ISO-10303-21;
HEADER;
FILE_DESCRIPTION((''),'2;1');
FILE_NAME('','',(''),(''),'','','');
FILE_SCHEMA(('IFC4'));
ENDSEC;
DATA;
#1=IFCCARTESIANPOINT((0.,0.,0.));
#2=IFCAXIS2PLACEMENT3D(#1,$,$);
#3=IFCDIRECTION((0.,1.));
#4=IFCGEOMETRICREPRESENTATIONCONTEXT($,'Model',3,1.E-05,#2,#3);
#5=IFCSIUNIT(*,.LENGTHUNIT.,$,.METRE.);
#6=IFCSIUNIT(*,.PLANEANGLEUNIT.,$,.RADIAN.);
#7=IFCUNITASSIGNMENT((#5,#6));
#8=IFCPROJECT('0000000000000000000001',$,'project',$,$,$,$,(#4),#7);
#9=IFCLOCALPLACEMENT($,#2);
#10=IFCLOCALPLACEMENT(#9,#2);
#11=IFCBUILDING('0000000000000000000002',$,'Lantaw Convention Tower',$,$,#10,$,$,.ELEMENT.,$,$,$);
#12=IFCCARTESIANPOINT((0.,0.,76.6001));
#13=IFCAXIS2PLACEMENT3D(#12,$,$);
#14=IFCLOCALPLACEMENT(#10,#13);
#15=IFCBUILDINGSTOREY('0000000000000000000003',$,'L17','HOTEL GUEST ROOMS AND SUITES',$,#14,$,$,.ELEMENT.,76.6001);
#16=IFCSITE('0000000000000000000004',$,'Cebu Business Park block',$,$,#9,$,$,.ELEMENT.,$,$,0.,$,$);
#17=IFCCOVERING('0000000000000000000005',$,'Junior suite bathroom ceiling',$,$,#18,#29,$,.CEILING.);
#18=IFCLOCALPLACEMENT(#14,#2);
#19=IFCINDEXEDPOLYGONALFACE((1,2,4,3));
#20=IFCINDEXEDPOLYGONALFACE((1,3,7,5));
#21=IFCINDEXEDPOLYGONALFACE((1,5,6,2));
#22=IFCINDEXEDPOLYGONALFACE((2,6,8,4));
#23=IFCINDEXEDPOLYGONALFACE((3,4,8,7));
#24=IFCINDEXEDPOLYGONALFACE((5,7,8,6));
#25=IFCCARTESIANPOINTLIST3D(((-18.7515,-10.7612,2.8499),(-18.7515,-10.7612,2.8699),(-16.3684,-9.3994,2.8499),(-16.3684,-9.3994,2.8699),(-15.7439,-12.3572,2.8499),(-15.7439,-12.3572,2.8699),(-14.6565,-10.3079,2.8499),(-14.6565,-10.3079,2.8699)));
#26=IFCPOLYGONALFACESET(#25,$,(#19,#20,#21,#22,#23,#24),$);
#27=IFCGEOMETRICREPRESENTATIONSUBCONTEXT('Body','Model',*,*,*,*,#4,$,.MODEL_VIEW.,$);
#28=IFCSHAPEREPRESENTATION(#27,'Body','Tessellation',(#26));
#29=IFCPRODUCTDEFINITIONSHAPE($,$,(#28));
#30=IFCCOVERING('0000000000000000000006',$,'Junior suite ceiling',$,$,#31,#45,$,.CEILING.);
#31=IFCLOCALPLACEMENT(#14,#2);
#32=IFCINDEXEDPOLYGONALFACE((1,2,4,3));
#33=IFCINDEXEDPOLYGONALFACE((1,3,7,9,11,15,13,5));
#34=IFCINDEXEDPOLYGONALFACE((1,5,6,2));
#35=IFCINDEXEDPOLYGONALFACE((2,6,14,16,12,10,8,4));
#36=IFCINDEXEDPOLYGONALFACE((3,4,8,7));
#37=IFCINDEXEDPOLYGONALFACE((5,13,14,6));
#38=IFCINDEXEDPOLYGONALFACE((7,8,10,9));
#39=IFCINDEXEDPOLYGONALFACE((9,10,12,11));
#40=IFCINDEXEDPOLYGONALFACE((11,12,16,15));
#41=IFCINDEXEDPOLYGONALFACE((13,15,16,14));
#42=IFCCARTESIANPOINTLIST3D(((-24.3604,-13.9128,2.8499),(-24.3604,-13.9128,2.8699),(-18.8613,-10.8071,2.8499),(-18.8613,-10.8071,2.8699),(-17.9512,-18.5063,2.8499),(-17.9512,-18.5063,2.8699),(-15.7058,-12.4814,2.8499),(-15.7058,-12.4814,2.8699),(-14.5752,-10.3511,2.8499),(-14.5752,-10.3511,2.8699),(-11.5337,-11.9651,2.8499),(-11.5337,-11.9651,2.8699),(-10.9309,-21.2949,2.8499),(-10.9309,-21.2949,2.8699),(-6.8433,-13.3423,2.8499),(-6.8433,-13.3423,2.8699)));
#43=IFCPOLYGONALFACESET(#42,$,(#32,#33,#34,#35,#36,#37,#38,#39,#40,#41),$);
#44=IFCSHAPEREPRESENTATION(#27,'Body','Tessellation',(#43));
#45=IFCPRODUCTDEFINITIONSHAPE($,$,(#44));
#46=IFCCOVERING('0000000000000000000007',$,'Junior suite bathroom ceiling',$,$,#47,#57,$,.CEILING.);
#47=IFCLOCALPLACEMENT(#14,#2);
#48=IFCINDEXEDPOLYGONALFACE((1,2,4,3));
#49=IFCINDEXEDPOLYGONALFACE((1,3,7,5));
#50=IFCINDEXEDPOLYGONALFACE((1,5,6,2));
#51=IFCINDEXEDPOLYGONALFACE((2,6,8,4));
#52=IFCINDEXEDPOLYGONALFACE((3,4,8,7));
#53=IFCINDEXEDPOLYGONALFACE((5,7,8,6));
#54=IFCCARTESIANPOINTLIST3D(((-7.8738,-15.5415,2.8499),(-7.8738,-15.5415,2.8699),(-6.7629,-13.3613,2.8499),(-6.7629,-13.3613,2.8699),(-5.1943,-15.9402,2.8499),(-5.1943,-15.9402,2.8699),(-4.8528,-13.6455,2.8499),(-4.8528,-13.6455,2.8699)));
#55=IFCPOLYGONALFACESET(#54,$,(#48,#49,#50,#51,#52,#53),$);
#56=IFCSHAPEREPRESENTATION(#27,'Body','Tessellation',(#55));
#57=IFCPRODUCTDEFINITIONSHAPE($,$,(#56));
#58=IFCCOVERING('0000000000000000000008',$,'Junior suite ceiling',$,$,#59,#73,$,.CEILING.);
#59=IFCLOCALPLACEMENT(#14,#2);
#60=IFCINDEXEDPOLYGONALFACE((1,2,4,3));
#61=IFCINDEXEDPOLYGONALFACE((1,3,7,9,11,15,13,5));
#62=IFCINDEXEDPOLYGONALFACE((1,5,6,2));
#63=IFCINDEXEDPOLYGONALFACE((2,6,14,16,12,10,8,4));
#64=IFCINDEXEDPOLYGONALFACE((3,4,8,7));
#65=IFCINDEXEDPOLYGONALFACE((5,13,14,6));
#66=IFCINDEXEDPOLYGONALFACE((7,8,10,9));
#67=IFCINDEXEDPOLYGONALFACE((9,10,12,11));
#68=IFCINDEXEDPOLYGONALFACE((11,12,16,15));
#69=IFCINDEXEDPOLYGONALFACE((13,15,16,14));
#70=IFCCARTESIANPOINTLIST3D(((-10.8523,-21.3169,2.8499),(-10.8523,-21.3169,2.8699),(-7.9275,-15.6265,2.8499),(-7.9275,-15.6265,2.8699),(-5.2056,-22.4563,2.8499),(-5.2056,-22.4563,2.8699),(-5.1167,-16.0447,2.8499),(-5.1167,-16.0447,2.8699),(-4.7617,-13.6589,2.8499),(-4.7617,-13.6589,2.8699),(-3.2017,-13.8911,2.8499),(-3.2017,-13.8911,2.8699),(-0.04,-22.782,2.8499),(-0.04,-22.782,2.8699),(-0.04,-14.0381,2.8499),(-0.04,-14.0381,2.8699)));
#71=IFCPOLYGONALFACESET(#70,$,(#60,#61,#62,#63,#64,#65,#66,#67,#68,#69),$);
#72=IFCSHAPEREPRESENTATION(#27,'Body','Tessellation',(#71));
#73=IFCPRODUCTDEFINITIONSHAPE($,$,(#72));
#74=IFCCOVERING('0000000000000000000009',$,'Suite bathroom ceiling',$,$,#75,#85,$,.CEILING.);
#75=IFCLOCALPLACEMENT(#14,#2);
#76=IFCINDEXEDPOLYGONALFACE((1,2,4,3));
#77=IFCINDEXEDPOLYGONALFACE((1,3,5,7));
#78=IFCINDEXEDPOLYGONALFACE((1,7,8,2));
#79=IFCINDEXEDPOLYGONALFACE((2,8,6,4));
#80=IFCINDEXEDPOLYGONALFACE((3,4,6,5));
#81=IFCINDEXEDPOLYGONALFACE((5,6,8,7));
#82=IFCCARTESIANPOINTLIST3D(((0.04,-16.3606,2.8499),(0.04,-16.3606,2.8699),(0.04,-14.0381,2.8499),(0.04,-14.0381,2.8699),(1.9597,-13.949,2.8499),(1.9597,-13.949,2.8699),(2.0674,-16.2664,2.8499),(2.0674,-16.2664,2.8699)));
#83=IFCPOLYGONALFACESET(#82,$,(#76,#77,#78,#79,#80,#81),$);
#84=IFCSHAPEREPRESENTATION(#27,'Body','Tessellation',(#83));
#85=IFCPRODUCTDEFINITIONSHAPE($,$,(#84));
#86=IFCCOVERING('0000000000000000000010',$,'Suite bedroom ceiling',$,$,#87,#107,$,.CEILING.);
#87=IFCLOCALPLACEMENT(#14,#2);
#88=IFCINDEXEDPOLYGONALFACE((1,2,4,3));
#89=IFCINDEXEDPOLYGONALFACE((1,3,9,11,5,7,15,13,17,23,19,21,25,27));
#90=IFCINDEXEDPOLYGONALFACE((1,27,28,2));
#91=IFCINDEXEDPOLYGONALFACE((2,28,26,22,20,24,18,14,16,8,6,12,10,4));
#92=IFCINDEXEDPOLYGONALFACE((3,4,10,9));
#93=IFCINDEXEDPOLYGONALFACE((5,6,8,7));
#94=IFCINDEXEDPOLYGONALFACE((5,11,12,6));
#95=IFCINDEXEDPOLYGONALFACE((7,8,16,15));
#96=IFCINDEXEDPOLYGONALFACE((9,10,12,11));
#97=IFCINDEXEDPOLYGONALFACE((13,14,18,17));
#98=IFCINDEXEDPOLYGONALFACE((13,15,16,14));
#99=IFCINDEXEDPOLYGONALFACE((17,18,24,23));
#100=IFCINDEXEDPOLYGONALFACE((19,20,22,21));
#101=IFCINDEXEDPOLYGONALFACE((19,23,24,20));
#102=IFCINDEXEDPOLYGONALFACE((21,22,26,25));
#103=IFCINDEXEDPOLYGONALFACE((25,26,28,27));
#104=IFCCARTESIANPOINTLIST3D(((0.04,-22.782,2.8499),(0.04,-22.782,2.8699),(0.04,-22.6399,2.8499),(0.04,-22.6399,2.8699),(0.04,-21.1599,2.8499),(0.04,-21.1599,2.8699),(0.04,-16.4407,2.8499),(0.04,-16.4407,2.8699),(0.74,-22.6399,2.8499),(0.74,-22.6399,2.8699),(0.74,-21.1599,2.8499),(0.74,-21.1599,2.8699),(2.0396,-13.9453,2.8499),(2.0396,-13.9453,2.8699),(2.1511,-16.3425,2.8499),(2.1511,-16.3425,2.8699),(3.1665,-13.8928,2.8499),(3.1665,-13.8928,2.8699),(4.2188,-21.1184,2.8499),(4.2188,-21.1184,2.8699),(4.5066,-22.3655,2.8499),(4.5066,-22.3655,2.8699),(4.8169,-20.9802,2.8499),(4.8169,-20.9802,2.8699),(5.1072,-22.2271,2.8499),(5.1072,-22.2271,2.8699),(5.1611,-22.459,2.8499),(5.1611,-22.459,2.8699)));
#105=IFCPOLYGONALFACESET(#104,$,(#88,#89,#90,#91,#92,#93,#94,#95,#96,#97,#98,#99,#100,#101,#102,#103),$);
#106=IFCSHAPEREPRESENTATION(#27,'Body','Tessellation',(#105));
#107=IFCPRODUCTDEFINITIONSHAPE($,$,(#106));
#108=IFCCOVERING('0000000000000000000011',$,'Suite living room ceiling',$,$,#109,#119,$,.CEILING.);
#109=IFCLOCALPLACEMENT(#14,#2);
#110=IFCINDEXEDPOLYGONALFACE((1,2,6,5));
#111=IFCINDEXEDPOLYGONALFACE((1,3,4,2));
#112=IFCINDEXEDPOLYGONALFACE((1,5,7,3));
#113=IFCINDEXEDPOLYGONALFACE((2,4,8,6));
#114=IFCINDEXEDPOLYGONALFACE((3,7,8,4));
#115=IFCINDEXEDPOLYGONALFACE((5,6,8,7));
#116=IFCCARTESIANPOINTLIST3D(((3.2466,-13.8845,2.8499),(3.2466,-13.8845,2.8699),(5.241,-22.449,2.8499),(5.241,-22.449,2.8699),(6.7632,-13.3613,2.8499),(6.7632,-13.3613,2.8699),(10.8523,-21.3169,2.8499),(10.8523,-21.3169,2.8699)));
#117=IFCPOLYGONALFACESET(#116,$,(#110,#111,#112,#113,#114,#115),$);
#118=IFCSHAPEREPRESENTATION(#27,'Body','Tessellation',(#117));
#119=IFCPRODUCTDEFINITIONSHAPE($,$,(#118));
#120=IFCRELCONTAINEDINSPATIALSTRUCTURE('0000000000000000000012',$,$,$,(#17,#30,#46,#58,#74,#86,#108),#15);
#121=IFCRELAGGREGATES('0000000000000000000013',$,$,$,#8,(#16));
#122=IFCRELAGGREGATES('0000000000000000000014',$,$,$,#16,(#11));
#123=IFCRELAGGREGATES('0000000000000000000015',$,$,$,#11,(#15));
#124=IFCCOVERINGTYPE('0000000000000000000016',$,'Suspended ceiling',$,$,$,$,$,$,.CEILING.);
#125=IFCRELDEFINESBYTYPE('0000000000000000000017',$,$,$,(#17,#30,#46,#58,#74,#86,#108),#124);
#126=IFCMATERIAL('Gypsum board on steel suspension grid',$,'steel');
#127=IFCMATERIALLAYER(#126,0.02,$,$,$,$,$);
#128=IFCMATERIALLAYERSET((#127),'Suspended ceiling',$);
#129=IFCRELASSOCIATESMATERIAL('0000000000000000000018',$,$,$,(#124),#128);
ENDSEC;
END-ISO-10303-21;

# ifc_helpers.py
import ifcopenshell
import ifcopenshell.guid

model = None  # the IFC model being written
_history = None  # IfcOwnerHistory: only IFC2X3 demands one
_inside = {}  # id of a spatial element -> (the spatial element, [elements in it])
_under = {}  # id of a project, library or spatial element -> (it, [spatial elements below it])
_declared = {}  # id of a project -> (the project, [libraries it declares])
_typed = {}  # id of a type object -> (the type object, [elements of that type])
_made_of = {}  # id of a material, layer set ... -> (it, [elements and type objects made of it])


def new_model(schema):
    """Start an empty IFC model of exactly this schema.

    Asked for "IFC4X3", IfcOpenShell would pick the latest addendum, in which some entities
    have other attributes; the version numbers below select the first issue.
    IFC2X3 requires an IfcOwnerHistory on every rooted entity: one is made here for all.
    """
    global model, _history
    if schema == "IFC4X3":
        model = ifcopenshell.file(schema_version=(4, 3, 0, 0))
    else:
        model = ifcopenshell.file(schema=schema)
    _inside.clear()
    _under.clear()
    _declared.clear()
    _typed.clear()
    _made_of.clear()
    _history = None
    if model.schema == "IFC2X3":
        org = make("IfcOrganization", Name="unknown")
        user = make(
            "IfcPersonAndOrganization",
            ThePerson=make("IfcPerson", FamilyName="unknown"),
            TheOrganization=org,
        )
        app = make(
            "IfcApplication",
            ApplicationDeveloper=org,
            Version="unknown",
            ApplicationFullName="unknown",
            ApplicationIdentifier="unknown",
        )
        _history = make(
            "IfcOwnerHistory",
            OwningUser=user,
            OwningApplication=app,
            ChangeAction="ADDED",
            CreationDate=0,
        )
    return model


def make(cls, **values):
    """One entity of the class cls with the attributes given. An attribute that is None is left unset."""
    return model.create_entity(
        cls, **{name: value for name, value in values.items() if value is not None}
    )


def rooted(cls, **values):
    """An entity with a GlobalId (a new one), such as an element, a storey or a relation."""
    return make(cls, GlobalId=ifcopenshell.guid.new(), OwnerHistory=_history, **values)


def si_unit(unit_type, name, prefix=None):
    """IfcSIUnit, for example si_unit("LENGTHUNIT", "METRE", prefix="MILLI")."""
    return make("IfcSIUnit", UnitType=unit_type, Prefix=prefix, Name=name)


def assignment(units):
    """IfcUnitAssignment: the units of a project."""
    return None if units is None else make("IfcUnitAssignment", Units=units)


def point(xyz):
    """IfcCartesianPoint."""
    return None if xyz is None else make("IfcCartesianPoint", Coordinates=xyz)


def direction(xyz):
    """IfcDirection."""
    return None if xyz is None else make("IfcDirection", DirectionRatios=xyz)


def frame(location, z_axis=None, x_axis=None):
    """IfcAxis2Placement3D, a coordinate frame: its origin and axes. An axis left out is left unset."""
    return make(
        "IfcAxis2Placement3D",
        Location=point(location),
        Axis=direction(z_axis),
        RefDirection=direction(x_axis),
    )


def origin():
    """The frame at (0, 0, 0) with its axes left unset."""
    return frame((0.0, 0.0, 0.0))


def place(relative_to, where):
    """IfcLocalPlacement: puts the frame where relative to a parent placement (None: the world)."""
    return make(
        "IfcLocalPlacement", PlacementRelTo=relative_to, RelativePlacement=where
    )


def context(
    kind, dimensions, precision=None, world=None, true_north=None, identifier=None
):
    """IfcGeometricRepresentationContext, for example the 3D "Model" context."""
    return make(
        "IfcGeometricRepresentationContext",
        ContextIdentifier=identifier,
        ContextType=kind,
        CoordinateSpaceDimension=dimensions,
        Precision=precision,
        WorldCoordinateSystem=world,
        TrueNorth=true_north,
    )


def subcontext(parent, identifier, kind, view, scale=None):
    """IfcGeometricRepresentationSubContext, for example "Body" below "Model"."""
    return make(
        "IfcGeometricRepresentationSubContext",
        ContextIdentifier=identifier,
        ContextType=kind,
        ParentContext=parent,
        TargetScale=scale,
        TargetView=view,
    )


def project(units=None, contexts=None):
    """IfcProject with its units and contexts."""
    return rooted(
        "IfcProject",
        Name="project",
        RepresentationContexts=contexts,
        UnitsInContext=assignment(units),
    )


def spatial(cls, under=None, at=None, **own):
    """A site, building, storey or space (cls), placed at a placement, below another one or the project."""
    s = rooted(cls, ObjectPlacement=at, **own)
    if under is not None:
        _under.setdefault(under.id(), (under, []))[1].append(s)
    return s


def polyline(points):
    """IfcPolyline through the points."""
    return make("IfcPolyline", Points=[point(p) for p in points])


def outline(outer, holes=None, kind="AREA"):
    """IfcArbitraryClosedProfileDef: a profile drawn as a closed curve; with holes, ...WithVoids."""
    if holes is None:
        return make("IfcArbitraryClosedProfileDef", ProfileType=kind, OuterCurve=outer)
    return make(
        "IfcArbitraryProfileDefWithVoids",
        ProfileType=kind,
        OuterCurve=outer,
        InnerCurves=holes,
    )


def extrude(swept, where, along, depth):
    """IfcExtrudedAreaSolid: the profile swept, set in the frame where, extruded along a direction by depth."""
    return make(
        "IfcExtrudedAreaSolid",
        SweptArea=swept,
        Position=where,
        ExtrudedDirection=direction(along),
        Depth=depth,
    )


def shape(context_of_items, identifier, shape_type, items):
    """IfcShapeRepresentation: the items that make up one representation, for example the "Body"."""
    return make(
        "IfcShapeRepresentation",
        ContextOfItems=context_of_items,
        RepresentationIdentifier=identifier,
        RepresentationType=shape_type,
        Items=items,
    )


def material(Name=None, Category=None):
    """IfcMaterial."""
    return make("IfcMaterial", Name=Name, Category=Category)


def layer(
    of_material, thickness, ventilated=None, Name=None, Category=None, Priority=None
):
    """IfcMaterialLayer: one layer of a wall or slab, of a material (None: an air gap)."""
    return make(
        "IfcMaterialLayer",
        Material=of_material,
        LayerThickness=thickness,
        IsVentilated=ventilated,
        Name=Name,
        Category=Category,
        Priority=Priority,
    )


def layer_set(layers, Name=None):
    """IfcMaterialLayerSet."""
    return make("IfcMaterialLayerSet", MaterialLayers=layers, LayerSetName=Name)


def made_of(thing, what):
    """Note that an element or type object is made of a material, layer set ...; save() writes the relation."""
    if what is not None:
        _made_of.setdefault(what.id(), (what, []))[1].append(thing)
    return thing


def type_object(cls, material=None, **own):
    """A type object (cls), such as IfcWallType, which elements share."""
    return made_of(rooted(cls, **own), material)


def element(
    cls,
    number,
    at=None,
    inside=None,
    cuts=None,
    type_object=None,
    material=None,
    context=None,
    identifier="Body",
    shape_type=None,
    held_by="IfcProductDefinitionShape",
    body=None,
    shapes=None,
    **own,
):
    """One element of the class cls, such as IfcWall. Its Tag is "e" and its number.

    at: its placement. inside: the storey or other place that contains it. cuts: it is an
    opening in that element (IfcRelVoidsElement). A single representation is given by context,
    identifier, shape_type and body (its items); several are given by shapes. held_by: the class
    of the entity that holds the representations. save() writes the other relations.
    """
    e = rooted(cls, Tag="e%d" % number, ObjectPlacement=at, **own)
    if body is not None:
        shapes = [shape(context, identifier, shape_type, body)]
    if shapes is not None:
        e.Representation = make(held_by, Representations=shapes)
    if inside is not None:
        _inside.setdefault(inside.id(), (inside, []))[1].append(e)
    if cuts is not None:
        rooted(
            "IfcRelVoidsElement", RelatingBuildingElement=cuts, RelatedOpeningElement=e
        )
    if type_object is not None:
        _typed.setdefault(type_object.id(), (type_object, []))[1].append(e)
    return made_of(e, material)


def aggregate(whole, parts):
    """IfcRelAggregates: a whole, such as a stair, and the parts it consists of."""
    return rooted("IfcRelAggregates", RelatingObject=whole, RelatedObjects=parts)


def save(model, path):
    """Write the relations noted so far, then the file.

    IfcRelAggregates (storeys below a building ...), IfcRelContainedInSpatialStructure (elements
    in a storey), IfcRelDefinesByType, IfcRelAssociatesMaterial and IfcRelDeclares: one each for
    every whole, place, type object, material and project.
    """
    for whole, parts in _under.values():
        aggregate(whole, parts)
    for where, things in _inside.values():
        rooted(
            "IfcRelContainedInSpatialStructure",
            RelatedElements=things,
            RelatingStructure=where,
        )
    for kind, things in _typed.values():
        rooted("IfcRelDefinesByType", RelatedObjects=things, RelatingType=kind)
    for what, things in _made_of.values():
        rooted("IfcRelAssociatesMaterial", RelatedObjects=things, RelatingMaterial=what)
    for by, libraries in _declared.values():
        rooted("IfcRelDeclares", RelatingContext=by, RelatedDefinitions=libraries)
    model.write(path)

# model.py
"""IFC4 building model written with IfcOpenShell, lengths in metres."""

from ifc_helpers import new_model, si_unit, direction, frame, origin, place, context, subcontext, project, spatial, polyline, outline, extrude, material, layer, layer_set, type_object, element, save


model = new_model("IFC4")

# Units and contexts
model_context = context("Model", 3, precision=1e-05, world=origin(), true_north=direction((0.0, 1.0)))
body_context = subcontext(model_context, "Body", "Model", "MODEL_VIEW")
ifc_project = project(units=[si_unit("LENGTHUNIT", "METRE"), si_unit("PLANEANGLEUNIT", "RADIAN")], contexts=[model_context])

# Site, building, storey
site_placement = place(None, origin())
site = spatial("IfcSite", under=ifc_project, at=site_placement, Name="Cebu Business Park block", CompositionType="ELEMENT", RefElevation=0.0)
building_placement = place(site_placement, origin())
building = spatial("IfcBuilding", under=site, at=building_placement, Name="Lantaw Convention Tower", CompositionType="ELEMENT")
storey_placement = place(building_placement, frame((0.0, 0.0, 76.6001)))
storey = spatial("IfcBuildingStorey", under=building, at=storey_placement, Name="L17", Description="HOTEL GUEST ROOMS AND SUITES", CompositionType="ELEMENT", Elevation=76.6001)

# Coverings
ifc_material_1 = material(Name="Gypsum board on steel suspension grid", Category="steel")
ifc_layer_1 = layer(ifc_material_1, 0.02)
ifc_layer_set_1 = layer_set([ifc_layer_1], Name="Suspended ceiling")
covering_type = type_object("IfcCoveringType", Name="Suspended ceiling", PredefinedType="CEILING", material=ifc_layer_set_1)
covering_1_placement = place(storey_placement, frame((0.0, 0.0, 2.8499)))
element("IfcCovering", 1, at=covering_1_placement, inside=storey, type_object=covering_type, Name="Junior suite bathroom ceiling", PredefinedType="CEILING", context=body_context, shape_type="SweptSolid", body=[
    extrude(outline(polyline([(-16.3684, -9.3994), (-18.7515, -10.7612), (-15.7439, -12.3572), (-14.6565, -10.3079), (-16.3684, -9.3994)])), origin(), (0.0, 0.0, 1.0), 0.02),
])
covering_2_placement = place(storey_placement, frame((0.0, 0.0, 2.8499)))
element("IfcCovering", 2, at=covering_2_placement, inside=storey, type_object=covering_type, Name="Junior suite ceiling", PredefinedType="CEILING", context=body_context, shape_type="SweptSolid", body=[
    extrude(outline(polyline([(-18.8613, -10.8071), (-24.3604, -13.9128), (-17.9512, -18.5063), (-10.9309, -21.2949), (-6.8433, -13.3423), (-11.5337, -11.9651), (-14.5752, -10.3511), (-15.7058, -12.4814), (-18.8613, -10.8071)])), origin(), (0.0, 0.0, 1.0), 0.02),
])
covering_3_placement = place(storey_placement, frame((0.0, 0.0, 2.8499)))
element("IfcCovering", 3, at=covering_3_placement, inside=storey, type_object=covering_type, Name="Junior suite bathroom ceiling", PredefinedType="CEILING", context=body_context, shape_type="SweptSolid", body=[
    extrude(outline(polyline([(-6.7629, -13.3613), (-7.8738, -15.5415), (-5.1943, -15.9402), (-4.8528, -13.6455), (-6.7629, -13.3613)])), origin(), (0.0, 0.0, 1.0), 0.02),
])
covering_4_placement = place(storey_placement, frame((0.0, 0.0, 2.8499)))
element("IfcCovering", 4, at=covering_4_placement, inside=storey, type_object=covering_type, Name="Junior suite ceiling", PredefinedType="CEILING", context=body_context, shape_type="SweptSolid", body=[
    extrude(outline(polyline([(-3.2017, -13.8911), (-4.7617, -13.6589), (-5.1167, -16.0447), (-7.9275, -15.6265), (-10.8523, -21.3169), (-5.2056, -22.4563), (-0.04, -22.782), (-0.04, -14.0381), (-3.2017, -13.8911)])), origin(), (0.0, 0.0, 1.0), 0.02),
])
covering_5_placement = place(storey_placement, frame((0.0, 0.0, 2.8499)))
element("IfcCovering", 5, at=covering_5_placement, inside=storey, type_object=covering_type, Name="Suite bathroom ceiling", PredefinedType="CEILING", context=body_context, shape_type="SweptSolid", body=[
    extrude(outline(polyline([(0.04, -14.0381), (0.04, -16.3606), (2.0674, -16.2664), (1.9597, -13.949), (0.04, -14.0381)])), origin(), (0.0, 0.0, 1.0), 0.02),
])
covering_6_placement = place(storey_placement, frame((0.0, 0.0, 2.8499)))
element("IfcCovering", 6, at=covering_6_placement, inside=storey, type_object=covering_type, Name="Suite bedroom ceiling", PredefinedType="CEILING", context=body_context, shape_type="SweptSolid", body=[
    extrude(outline(polyline([(2.0396, -13.9453), (2.1511, -16.3425), (0.04, -16.4407), (0.04, -21.1599), (0.74, -21.1599), (0.74, -22.6399), (0.04, -22.6399), (0.04, -22.782), (5.1611, -22.459), (5.1072, -22.2271), (4.5066, -22.3655), (4.2188, -21.1184), (4.8169, -20.9802), (3.1665, -13.8928), (2.0396, -13.9453)])), origin(), (0.0, 0.0, 1.0), 0.02),
])
covering_7_placement = place(storey_placement, frame((0.0, 0.0, 2.8499)))
element("IfcCovering", 7, at=covering_7_placement, inside=storey, type_object=covering_type, Name="Suite living room ceiling", PredefinedType="CEILING", context=body_context, shape_type="SweptSolid", body=[
    extrude(outline(polyline([(3.2466, -13.8845), (5.241, -22.449), (10.8523, -21.3169), (6.7632, -13.3613), (3.2466, -13.8845)])), origin(), (0.0, 0.0, 1.0), 0.02),
])

save(model, "model.ifc")
